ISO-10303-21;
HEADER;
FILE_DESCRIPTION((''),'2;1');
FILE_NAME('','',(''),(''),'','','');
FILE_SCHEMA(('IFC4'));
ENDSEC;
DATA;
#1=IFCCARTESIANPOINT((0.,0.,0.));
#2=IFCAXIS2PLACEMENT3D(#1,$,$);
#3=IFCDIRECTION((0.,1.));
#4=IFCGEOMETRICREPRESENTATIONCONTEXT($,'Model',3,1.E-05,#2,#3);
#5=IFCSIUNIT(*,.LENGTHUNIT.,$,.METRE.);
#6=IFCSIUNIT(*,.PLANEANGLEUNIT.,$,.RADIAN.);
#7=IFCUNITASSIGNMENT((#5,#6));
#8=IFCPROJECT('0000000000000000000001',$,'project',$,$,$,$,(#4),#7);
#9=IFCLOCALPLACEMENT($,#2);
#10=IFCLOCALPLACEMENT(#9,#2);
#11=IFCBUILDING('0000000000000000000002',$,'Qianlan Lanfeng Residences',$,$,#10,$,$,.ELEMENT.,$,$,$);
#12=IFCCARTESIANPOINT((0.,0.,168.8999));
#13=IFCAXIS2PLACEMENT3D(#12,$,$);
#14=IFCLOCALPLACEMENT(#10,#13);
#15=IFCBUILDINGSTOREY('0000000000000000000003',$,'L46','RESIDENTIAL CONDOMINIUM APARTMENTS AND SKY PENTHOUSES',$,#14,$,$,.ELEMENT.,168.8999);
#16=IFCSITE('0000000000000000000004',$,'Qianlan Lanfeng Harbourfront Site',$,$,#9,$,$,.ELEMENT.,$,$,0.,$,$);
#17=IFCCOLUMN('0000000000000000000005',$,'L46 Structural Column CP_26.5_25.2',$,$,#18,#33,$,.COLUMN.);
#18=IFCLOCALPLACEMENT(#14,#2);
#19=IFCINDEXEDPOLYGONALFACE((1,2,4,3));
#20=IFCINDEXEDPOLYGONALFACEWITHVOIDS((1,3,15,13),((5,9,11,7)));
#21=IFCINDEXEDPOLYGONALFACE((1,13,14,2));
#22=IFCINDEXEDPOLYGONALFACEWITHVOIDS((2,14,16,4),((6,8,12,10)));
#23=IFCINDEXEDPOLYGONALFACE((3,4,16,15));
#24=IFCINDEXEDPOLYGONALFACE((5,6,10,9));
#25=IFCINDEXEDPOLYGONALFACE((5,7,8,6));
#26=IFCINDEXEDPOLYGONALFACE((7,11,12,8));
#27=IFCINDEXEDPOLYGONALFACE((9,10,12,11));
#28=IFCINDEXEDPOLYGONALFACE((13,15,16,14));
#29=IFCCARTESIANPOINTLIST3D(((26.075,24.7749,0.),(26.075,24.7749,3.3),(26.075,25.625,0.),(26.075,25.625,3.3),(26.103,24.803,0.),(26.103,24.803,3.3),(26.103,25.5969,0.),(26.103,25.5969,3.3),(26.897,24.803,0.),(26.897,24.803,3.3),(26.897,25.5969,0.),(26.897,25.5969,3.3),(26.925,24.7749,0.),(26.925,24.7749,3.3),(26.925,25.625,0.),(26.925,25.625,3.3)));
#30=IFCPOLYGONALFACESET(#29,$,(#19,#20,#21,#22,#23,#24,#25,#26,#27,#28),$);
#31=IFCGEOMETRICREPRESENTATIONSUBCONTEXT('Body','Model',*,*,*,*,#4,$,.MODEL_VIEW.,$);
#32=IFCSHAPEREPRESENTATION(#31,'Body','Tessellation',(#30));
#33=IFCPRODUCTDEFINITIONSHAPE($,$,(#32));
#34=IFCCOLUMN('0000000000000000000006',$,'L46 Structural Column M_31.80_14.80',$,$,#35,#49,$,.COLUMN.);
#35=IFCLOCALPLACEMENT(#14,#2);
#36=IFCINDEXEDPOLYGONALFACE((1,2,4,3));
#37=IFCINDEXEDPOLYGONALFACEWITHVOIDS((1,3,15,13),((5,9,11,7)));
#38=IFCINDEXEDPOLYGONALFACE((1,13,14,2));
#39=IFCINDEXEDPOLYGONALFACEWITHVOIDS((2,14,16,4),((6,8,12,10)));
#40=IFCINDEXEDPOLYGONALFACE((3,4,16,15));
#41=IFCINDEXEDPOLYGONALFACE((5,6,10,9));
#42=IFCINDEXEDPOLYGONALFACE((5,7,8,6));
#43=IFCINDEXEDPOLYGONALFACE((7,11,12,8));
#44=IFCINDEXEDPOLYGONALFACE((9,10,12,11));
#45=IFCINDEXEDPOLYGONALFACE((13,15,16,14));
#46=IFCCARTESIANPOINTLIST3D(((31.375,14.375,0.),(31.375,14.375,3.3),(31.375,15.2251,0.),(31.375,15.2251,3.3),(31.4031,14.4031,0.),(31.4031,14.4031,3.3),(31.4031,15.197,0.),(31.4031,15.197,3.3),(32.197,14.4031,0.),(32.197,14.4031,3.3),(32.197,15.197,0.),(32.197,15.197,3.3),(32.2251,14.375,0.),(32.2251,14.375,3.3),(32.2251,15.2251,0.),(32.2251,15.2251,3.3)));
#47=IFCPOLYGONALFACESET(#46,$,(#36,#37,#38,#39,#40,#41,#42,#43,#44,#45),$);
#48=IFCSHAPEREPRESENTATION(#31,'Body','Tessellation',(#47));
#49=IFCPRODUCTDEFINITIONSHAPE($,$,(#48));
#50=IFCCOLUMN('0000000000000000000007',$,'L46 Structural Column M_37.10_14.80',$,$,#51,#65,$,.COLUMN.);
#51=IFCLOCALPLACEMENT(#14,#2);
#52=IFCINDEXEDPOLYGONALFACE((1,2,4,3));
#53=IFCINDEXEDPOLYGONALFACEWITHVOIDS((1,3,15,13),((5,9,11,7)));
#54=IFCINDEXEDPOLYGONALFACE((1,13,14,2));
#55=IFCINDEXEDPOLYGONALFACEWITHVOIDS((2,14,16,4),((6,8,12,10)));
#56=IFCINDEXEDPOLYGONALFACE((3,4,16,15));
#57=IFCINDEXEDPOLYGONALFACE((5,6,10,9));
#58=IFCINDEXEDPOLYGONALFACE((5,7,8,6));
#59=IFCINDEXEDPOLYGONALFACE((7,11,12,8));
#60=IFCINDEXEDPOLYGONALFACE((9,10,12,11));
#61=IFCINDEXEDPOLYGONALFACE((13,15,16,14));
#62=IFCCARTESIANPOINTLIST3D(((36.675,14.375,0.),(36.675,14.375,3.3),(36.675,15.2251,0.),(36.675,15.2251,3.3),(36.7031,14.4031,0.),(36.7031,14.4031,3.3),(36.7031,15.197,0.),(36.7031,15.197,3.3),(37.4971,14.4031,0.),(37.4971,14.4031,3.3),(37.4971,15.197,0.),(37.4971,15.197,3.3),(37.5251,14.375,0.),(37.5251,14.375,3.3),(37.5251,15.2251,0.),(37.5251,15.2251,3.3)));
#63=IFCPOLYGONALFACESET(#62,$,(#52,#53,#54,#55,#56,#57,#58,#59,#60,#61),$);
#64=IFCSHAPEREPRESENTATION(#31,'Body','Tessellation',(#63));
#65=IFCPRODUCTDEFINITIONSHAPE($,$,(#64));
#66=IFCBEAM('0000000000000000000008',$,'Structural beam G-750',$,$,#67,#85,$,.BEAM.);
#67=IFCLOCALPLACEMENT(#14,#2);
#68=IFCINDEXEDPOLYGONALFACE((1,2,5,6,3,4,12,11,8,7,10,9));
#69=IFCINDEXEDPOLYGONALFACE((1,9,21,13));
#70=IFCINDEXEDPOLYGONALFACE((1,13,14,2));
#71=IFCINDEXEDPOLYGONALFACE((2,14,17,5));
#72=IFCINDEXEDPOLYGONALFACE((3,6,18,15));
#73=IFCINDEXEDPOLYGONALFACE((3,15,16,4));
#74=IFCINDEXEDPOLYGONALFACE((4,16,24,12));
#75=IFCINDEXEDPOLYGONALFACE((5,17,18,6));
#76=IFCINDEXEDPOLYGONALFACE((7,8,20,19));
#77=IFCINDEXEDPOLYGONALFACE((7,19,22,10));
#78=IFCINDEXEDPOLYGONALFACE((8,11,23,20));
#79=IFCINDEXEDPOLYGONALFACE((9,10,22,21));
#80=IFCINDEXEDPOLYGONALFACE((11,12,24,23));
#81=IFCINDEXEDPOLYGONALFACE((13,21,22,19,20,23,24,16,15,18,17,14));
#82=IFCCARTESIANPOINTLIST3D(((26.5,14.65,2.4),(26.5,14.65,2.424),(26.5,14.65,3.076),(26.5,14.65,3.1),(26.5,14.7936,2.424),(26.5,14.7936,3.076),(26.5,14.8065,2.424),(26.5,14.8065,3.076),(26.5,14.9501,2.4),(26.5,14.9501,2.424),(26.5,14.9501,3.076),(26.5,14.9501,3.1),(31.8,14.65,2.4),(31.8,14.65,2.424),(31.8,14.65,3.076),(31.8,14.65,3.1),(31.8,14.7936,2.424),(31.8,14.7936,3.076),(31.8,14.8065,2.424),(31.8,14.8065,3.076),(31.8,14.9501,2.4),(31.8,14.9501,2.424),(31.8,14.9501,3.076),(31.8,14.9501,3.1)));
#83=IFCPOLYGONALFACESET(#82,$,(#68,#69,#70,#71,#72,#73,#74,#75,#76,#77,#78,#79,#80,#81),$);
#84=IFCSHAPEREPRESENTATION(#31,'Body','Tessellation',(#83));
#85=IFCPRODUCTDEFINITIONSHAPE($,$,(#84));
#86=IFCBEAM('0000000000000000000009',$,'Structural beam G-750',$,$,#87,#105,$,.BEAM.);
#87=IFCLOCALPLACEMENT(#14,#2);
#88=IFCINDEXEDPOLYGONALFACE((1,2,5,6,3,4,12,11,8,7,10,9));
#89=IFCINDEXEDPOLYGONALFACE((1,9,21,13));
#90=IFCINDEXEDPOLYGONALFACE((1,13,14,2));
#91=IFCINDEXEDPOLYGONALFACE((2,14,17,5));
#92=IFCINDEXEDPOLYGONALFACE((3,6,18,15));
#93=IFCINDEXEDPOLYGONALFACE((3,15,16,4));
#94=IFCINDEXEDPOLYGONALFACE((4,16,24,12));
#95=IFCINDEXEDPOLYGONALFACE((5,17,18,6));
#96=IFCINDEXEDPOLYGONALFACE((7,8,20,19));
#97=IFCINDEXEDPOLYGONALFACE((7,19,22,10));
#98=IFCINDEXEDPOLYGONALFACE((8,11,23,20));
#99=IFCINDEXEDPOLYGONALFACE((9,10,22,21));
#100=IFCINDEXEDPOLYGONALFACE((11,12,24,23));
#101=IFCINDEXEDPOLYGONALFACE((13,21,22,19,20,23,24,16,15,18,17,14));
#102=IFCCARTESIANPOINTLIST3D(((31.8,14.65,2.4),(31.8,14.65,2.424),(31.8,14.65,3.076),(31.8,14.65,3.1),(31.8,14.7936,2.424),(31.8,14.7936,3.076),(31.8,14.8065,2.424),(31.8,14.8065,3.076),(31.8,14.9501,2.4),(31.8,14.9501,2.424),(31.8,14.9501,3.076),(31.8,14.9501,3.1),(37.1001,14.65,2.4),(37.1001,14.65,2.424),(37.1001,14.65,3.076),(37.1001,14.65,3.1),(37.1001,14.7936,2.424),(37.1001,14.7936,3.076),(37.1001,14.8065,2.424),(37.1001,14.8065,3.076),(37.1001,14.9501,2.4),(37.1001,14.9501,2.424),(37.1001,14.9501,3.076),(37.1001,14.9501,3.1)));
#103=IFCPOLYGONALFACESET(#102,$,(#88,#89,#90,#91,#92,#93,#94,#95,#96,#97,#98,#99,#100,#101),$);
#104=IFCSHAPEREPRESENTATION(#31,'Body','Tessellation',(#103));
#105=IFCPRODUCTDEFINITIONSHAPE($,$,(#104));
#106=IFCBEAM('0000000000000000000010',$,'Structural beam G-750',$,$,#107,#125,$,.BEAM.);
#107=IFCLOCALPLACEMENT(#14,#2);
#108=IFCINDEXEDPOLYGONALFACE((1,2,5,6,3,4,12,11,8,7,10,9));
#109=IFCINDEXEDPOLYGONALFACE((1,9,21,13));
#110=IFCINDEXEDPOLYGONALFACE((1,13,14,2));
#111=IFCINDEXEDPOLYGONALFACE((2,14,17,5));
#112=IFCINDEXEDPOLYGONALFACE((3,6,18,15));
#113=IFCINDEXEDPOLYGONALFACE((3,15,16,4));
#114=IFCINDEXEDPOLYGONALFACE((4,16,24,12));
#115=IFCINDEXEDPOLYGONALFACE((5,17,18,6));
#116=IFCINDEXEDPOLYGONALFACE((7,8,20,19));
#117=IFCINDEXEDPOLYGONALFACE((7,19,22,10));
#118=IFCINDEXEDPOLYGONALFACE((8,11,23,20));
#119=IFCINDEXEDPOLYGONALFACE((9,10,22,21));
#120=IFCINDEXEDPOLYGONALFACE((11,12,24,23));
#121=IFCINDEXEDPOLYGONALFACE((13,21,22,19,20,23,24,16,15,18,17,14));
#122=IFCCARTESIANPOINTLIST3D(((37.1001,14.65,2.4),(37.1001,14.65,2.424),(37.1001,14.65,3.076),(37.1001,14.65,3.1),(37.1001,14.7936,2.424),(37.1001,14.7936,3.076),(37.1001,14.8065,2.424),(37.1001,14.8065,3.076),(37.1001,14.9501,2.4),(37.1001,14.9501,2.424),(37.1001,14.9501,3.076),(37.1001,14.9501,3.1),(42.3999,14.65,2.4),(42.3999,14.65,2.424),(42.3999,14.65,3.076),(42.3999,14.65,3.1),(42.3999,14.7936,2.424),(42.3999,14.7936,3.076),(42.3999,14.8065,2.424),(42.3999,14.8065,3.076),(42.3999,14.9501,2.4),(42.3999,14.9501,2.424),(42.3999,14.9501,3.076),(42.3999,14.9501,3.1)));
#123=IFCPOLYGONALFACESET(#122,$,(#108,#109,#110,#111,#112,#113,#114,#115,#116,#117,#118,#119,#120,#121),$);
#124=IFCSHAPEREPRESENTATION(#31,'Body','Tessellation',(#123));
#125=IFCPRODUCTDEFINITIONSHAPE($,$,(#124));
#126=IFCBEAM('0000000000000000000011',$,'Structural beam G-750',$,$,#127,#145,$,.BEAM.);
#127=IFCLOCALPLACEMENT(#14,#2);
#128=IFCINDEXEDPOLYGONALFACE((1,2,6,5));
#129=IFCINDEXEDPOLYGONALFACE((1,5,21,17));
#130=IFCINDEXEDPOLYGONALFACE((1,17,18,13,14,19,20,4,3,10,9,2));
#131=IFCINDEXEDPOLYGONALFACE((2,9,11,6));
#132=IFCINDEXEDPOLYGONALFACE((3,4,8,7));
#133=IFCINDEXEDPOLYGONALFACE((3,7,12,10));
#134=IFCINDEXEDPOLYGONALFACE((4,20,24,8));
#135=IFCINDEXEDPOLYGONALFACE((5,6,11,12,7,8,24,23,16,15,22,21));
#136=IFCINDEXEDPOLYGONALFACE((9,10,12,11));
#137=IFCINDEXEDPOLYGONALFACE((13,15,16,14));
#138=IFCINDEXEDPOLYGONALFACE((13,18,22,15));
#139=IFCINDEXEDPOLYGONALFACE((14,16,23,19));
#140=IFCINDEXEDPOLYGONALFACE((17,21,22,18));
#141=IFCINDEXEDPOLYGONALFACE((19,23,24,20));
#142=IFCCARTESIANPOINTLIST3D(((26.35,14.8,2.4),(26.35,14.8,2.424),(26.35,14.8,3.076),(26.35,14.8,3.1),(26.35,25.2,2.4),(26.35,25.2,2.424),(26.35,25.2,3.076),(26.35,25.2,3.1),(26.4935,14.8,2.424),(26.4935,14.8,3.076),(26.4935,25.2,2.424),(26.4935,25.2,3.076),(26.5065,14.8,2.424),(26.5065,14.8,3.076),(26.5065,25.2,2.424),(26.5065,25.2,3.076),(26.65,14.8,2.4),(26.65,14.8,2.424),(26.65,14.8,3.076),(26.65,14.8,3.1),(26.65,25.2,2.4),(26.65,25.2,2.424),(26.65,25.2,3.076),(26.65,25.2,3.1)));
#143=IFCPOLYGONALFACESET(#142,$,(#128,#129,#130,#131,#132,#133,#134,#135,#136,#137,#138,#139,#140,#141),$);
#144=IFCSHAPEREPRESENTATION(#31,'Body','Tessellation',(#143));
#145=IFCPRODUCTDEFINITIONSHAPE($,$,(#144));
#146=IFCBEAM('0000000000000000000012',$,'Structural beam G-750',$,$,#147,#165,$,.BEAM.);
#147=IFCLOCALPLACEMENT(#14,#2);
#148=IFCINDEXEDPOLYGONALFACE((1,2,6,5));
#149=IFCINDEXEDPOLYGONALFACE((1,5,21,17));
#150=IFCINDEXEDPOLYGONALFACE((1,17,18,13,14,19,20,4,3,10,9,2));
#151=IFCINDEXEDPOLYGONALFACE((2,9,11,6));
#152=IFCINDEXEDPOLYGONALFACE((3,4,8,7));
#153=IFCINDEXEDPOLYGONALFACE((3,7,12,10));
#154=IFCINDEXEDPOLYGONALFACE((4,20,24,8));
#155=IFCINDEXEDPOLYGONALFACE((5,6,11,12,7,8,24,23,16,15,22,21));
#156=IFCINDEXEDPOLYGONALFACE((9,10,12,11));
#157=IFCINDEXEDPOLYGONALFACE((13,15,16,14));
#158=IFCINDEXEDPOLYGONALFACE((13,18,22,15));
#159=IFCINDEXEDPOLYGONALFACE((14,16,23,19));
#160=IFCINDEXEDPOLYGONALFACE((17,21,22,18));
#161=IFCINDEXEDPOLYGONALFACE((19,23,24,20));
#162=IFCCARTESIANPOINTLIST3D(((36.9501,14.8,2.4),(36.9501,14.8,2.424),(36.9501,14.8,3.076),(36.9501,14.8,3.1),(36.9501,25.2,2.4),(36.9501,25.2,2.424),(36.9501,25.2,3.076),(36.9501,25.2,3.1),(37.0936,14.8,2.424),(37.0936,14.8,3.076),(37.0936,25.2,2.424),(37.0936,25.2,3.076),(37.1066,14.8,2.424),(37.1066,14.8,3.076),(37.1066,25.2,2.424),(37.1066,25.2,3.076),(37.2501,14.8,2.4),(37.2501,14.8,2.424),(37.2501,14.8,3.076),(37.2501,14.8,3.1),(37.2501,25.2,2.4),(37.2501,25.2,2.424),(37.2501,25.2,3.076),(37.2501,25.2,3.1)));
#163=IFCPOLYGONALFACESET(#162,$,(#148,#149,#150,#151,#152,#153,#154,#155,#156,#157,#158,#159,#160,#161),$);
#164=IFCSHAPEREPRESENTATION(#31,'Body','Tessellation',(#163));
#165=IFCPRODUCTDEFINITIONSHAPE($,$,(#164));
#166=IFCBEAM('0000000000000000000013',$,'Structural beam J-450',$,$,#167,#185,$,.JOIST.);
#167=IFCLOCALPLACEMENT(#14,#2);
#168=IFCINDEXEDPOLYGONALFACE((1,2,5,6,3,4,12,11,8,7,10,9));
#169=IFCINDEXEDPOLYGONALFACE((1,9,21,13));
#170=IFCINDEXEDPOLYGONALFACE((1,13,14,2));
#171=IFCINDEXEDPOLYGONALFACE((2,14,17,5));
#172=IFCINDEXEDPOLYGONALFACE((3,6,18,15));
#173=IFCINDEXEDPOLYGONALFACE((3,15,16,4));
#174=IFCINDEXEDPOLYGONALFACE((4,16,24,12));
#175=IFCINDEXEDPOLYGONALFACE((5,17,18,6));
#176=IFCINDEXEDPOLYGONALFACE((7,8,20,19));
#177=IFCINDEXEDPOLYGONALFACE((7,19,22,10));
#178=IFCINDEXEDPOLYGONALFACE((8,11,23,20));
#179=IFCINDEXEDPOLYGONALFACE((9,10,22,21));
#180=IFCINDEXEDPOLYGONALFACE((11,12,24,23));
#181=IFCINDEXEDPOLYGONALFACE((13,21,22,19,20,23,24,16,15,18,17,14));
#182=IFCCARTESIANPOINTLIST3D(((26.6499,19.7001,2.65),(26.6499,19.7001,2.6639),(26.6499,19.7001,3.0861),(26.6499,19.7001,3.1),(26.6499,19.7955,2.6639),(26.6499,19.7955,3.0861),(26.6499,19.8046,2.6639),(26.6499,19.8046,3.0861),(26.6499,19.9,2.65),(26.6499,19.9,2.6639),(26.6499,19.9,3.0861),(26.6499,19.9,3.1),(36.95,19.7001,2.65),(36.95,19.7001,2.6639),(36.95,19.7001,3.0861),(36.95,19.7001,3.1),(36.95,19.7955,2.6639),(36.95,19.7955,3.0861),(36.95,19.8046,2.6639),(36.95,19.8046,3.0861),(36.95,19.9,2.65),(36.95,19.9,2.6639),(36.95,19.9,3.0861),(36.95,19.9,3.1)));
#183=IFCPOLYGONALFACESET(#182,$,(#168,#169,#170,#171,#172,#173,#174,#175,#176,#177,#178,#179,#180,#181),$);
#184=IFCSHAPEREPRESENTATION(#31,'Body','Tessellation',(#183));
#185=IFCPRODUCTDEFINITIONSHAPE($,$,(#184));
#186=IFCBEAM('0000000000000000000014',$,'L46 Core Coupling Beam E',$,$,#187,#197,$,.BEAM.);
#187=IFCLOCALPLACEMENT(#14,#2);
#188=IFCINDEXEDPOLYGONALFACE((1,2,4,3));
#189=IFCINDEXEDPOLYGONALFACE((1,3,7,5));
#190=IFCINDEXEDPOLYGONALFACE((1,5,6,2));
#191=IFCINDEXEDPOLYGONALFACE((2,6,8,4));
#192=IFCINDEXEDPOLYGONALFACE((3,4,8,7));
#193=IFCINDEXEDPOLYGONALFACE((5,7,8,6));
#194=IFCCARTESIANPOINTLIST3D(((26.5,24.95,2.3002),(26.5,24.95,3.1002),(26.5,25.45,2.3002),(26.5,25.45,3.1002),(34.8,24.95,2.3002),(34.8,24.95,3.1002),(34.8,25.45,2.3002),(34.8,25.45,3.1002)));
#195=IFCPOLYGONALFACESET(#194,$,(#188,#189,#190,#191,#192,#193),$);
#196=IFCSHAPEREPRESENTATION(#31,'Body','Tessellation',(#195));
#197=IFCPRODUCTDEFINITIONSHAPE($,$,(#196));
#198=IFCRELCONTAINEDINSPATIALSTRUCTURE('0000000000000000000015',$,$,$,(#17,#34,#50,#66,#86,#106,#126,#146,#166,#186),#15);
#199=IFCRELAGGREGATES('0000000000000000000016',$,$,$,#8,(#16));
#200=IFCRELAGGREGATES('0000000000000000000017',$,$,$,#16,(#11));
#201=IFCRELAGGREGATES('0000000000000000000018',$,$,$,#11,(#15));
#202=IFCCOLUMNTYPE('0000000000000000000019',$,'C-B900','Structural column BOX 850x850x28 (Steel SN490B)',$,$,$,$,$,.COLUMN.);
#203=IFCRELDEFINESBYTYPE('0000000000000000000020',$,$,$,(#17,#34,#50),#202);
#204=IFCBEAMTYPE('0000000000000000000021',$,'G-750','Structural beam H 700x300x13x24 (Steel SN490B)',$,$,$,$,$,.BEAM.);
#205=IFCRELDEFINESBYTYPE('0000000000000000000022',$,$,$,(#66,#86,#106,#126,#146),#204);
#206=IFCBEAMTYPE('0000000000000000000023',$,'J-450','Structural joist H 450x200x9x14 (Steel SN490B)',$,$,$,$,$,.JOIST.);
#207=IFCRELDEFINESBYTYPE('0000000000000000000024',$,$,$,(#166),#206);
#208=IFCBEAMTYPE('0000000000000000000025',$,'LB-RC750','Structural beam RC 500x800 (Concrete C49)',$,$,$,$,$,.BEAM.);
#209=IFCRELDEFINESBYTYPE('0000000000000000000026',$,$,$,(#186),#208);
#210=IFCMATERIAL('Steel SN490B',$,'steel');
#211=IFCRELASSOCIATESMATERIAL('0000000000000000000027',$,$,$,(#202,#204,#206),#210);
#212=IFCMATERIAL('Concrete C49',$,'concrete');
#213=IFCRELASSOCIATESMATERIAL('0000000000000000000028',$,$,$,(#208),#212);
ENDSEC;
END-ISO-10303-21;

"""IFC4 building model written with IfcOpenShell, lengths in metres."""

from ifc_helpers import new_model, si_unit, direction, frame, origin, origin_2d, place, context, subcontext, project, spatial, rectangle, hollow_rectangle, i_section, extrude, material, material_profile, profile_set, type_object, element, save


model = new_model("IFC4")

# Units and contexts
model_context = context("Model", 3, precision=1e-05, world=origin(), true_north=direction((0.0, 1.0)))
body_context = subcontext(model_context, "Body", "Model", "MODEL_VIEW")
ifc_project = project(units=[si_unit("LENGTHUNIT", "METRE"), si_unit("PLANEANGLEUNIT", "RADIAN")], contexts=[model_context])

# Site, building, storey
site_placement = place(None, origin())
site = spatial("IfcSite", under=ifc_project, at=site_placement, Name="Qianlan Lanfeng Harbourfront Site", CompositionType="ELEMENT", RefElevation=0.0)
building_placement = place(site_placement, origin())
building = spatial("IfcBuilding", under=site, at=building_placement, Name="Qianlan Lanfeng Residences", CompositionType="ELEMENT")
storey_placement = place(building_placement, frame((0.0, 0.0, 168.8999)))
storey = spatial("IfcBuildingStorey", under=building, at=storey_placement, Name="L46", Description="RESIDENTIAL CONDOMINIUM APARTMENTS AND SKY PENTHOUSES", CompositionType="ELEMENT", Elevation=168.8999)

# Columns
ifc_material_1 = material(Name="Steel SN490B", Category="steel")
ifc_material_profile_1 = material_profile(ifc_material_1, hollow_rectangle(XDim=0.8501, YDim=0.8501, WallThickness=0.0281, at=origin_2d()), Name="BOX 850x850x28")
ifc_profile_set_1 = profile_set([ifc_material_profile_1], Name="Steel SN490B")
column_type = type_object("IfcColumnType", Name="C-B900", Description="Structural column BOX 850x850x28 (Steel SN490B)", PredefinedType="COLUMN", material=ifc_profile_set_1)
for number, where, z_axis, x_axis, name in (
    (1, (26.5, 25.2, 0.0), (0.0, 0.0, 1.0), (1.0, 0.0, 0.0), "L46 Structural Column CP_26.5_25.2"),
    (2, (31.8, 14.8, 0.0), (0.0, 0.0, 1.0), (1.0, 0.0, 0.0), "L46 Structural Column M_31.80_14.80"),
    (3, (37.1001, 14.8, 0.0), (0.0, 0.0, 1.0), (1.0, 0.0, 0.0), "L46 Structural Column M_37.10_14.80"),
):
    element("IfcColumn", number, at=place(storey_placement, frame(where, z_axis=z_axis, x_axis=x_axis)), inside=storey, type_object=column_type, Name=name, PredefinedType="COLUMN", context=body_context, shape_type="SweptSolid", body=[
        extrude(hollow_rectangle(XDim=0.8501, YDim=0.8501, WallThickness=0.0281, at=origin_2d()), origin(), (0.0, 0.0, 1.0), 3.3),
    ])

# Beams
ifc_material_profile_2 = material_profile(ifc_material_1, i_section(OverallWidth=0.3, OverallDepth=0.7, WebThickness=0.0129, FlangeThickness=0.0239, at=origin_2d()), Name="H 700x300x13x24")
ifc_profile_set_2 = profile_set([ifc_material_profile_2], Name="Steel SN490B")
beam_type_1 = type_object("IfcBeamType", Name="G-750", Description="Structural beam H 700x300x13x24 (Steel SN490B)", PredefinedType="BEAM", material=ifc_profile_set_2)
for number, where, z_axis, x_axis, name in (
    (4, (26.5, 14.8, 2.75), (1.0, 0.0, 0.0), (0.0, 1.0, 0.0), "Structural beam G-750"),
    (5, (31.8, 14.8, 2.75), (1.0, 0.0, 0.0), (0.0, 1.0, 0.0), "Structural beam G-750"),
):
    element("IfcBeam", number, at=place(storey_placement, frame(where, z_axis=z_axis, x_axis=x_axis)), inside=storey, type_object=beam_type_1, Name=name, PredefinedType="BEAM", context=body_context, shape_type="SweptSolid", body=[
        extrude(i_section(OverallWidth=0.3, OverallDepth=0.7, WebThickness=0.0129, FlangeThickness=0.0239, at=origin_2d()), origin(), (0.0, 0.0, 1.0), 5.3),
    ])
beam_1_placement = place(storey_placement, frame((37.1001, 14.8, 2.75), z_axis=(1.0, 0.0, 0.0), x_axis=(0.0, 1.0, 0.0)))
element("IfcBeam", 6, at=beam_1_placement, inside=storey, type_object=beam_type_1, Name="Structural beam G-750", PredefinedType="BEAM", context=body_context, shape_type="SweptSolid", body=[
    extrude(i_section(OverallWidth=0.3, OverallDepth=0.7, WebThickness=0.0129, FlangeThickness=0.0239, at=origin_2d()), origin(), (0.0, 0.0, 1.0), 5.2998),
])
for number, where, z_axis, x_axis, name in (
    (7, (26.5, 14.8, 2.75), (0.0, 1.0, 0.0), (-1.0, 0.0, 0.0), "Structural beam G-750"),
    (8, (37.1001, 14.8, 2.75), (0.0, 1.0, 0.0), (-1.0, 0.0, 0.0), "Structural beam G-750"),
):
    element("IfcBeam", number, at=place(storey_placement, frame(where, z_axis=z_axis, x_axis=x_axis)), inside=storey, type_object=beam_type_1, Name=name, PredefinedType="BEAM", context=body_context, shape_type="SweptSolid", body=[
        extrude(i_section(OverallWidth=0.3, OverallDepth=0.7, WebThickness=0.0129, FlangeThickness=0.0239, at=origin_2d()), origin(), (0.0, 0.0, 1.0), 10.3999),
    ])
ifc_material_profile_3 = material_profile(ifc_material_1, i_section(OverallWidth=0.2, OverallDepth=0.45, WebThickness=0.009, FlangeThickness=0.0139, at=origin_2d()), Name="H 450x200x9x14")
ifc_profile_set_3 = profile_set([ifc_material_profile_3], Name="Steel SN490B")
beam_type_2 = type_object("IfcBeamType", Name="J-450", Description="Structural joist H 450x200x9x14 (Steel SN490B)", PredefinedType="JOIST", material=ifc_profile_set_3)
beam_2_placement = place(storey_placement, frame((26.6499, 19.8, 2.875), z_axis=(1.0, 0.0, 0.0), x_axis=(0.0, 1.0, 0.0)))
element("IfcBeam", 9, at=beam_2_placement, inside=storey, type_object=beam_type_2, Name="Structural beam J-450", PredefinedType="JOIST", context=body_context, shape_type="SweptSolid", body=[
    extrude(i_section(OverallWidth=0.2, OverallDepth=0.45, WebThickness=0.009, FlangeThickness=0.0139, at=origin_2d()), origin(), (0.0, 0.0, 1.0), 10.3),
])
ifc_material_2 = material(Name="Concrete C49", Category="concrete")
ifc_material_profile_4 = material_profile(ifc_material_2, rectangle(XDim=0.5, YDim=0.8, at=origin_2d()), Name="RC 500x800")
ifc_profile_set_4 = profile_set([ifc_material_profile_4], Name="Concrete C49")
beam_type_3 = type_object("IfcBeamType", Name="LB-RC750", Description="Structural beam RC 500x800 (Concrete C49)", PredefinedType="BEAM", material=ifc_profile_set_4)
beam_3_placement = place(storey_placement, frame((26.5, 25.2, 2.7002), z_axis=(1.0, 0.0, 0.0), x_axis=(0.0, 1.0, 0.0)))
element("IfcBeam", 10, at=beam_3_placement, inside=storey, type_object=beam_type_3, Name="L46 Core Coupling Beam E", PredefinedType="BEAM", context=body_context, shape_type="SweptSolid", body=[
    extrude(rectangle(XDim=0.5, YDim=0.8, at=origin_2d()), origin(), (0.0, 0.0, 1.0), 8.3),
])

save(model, "model.ifc")
